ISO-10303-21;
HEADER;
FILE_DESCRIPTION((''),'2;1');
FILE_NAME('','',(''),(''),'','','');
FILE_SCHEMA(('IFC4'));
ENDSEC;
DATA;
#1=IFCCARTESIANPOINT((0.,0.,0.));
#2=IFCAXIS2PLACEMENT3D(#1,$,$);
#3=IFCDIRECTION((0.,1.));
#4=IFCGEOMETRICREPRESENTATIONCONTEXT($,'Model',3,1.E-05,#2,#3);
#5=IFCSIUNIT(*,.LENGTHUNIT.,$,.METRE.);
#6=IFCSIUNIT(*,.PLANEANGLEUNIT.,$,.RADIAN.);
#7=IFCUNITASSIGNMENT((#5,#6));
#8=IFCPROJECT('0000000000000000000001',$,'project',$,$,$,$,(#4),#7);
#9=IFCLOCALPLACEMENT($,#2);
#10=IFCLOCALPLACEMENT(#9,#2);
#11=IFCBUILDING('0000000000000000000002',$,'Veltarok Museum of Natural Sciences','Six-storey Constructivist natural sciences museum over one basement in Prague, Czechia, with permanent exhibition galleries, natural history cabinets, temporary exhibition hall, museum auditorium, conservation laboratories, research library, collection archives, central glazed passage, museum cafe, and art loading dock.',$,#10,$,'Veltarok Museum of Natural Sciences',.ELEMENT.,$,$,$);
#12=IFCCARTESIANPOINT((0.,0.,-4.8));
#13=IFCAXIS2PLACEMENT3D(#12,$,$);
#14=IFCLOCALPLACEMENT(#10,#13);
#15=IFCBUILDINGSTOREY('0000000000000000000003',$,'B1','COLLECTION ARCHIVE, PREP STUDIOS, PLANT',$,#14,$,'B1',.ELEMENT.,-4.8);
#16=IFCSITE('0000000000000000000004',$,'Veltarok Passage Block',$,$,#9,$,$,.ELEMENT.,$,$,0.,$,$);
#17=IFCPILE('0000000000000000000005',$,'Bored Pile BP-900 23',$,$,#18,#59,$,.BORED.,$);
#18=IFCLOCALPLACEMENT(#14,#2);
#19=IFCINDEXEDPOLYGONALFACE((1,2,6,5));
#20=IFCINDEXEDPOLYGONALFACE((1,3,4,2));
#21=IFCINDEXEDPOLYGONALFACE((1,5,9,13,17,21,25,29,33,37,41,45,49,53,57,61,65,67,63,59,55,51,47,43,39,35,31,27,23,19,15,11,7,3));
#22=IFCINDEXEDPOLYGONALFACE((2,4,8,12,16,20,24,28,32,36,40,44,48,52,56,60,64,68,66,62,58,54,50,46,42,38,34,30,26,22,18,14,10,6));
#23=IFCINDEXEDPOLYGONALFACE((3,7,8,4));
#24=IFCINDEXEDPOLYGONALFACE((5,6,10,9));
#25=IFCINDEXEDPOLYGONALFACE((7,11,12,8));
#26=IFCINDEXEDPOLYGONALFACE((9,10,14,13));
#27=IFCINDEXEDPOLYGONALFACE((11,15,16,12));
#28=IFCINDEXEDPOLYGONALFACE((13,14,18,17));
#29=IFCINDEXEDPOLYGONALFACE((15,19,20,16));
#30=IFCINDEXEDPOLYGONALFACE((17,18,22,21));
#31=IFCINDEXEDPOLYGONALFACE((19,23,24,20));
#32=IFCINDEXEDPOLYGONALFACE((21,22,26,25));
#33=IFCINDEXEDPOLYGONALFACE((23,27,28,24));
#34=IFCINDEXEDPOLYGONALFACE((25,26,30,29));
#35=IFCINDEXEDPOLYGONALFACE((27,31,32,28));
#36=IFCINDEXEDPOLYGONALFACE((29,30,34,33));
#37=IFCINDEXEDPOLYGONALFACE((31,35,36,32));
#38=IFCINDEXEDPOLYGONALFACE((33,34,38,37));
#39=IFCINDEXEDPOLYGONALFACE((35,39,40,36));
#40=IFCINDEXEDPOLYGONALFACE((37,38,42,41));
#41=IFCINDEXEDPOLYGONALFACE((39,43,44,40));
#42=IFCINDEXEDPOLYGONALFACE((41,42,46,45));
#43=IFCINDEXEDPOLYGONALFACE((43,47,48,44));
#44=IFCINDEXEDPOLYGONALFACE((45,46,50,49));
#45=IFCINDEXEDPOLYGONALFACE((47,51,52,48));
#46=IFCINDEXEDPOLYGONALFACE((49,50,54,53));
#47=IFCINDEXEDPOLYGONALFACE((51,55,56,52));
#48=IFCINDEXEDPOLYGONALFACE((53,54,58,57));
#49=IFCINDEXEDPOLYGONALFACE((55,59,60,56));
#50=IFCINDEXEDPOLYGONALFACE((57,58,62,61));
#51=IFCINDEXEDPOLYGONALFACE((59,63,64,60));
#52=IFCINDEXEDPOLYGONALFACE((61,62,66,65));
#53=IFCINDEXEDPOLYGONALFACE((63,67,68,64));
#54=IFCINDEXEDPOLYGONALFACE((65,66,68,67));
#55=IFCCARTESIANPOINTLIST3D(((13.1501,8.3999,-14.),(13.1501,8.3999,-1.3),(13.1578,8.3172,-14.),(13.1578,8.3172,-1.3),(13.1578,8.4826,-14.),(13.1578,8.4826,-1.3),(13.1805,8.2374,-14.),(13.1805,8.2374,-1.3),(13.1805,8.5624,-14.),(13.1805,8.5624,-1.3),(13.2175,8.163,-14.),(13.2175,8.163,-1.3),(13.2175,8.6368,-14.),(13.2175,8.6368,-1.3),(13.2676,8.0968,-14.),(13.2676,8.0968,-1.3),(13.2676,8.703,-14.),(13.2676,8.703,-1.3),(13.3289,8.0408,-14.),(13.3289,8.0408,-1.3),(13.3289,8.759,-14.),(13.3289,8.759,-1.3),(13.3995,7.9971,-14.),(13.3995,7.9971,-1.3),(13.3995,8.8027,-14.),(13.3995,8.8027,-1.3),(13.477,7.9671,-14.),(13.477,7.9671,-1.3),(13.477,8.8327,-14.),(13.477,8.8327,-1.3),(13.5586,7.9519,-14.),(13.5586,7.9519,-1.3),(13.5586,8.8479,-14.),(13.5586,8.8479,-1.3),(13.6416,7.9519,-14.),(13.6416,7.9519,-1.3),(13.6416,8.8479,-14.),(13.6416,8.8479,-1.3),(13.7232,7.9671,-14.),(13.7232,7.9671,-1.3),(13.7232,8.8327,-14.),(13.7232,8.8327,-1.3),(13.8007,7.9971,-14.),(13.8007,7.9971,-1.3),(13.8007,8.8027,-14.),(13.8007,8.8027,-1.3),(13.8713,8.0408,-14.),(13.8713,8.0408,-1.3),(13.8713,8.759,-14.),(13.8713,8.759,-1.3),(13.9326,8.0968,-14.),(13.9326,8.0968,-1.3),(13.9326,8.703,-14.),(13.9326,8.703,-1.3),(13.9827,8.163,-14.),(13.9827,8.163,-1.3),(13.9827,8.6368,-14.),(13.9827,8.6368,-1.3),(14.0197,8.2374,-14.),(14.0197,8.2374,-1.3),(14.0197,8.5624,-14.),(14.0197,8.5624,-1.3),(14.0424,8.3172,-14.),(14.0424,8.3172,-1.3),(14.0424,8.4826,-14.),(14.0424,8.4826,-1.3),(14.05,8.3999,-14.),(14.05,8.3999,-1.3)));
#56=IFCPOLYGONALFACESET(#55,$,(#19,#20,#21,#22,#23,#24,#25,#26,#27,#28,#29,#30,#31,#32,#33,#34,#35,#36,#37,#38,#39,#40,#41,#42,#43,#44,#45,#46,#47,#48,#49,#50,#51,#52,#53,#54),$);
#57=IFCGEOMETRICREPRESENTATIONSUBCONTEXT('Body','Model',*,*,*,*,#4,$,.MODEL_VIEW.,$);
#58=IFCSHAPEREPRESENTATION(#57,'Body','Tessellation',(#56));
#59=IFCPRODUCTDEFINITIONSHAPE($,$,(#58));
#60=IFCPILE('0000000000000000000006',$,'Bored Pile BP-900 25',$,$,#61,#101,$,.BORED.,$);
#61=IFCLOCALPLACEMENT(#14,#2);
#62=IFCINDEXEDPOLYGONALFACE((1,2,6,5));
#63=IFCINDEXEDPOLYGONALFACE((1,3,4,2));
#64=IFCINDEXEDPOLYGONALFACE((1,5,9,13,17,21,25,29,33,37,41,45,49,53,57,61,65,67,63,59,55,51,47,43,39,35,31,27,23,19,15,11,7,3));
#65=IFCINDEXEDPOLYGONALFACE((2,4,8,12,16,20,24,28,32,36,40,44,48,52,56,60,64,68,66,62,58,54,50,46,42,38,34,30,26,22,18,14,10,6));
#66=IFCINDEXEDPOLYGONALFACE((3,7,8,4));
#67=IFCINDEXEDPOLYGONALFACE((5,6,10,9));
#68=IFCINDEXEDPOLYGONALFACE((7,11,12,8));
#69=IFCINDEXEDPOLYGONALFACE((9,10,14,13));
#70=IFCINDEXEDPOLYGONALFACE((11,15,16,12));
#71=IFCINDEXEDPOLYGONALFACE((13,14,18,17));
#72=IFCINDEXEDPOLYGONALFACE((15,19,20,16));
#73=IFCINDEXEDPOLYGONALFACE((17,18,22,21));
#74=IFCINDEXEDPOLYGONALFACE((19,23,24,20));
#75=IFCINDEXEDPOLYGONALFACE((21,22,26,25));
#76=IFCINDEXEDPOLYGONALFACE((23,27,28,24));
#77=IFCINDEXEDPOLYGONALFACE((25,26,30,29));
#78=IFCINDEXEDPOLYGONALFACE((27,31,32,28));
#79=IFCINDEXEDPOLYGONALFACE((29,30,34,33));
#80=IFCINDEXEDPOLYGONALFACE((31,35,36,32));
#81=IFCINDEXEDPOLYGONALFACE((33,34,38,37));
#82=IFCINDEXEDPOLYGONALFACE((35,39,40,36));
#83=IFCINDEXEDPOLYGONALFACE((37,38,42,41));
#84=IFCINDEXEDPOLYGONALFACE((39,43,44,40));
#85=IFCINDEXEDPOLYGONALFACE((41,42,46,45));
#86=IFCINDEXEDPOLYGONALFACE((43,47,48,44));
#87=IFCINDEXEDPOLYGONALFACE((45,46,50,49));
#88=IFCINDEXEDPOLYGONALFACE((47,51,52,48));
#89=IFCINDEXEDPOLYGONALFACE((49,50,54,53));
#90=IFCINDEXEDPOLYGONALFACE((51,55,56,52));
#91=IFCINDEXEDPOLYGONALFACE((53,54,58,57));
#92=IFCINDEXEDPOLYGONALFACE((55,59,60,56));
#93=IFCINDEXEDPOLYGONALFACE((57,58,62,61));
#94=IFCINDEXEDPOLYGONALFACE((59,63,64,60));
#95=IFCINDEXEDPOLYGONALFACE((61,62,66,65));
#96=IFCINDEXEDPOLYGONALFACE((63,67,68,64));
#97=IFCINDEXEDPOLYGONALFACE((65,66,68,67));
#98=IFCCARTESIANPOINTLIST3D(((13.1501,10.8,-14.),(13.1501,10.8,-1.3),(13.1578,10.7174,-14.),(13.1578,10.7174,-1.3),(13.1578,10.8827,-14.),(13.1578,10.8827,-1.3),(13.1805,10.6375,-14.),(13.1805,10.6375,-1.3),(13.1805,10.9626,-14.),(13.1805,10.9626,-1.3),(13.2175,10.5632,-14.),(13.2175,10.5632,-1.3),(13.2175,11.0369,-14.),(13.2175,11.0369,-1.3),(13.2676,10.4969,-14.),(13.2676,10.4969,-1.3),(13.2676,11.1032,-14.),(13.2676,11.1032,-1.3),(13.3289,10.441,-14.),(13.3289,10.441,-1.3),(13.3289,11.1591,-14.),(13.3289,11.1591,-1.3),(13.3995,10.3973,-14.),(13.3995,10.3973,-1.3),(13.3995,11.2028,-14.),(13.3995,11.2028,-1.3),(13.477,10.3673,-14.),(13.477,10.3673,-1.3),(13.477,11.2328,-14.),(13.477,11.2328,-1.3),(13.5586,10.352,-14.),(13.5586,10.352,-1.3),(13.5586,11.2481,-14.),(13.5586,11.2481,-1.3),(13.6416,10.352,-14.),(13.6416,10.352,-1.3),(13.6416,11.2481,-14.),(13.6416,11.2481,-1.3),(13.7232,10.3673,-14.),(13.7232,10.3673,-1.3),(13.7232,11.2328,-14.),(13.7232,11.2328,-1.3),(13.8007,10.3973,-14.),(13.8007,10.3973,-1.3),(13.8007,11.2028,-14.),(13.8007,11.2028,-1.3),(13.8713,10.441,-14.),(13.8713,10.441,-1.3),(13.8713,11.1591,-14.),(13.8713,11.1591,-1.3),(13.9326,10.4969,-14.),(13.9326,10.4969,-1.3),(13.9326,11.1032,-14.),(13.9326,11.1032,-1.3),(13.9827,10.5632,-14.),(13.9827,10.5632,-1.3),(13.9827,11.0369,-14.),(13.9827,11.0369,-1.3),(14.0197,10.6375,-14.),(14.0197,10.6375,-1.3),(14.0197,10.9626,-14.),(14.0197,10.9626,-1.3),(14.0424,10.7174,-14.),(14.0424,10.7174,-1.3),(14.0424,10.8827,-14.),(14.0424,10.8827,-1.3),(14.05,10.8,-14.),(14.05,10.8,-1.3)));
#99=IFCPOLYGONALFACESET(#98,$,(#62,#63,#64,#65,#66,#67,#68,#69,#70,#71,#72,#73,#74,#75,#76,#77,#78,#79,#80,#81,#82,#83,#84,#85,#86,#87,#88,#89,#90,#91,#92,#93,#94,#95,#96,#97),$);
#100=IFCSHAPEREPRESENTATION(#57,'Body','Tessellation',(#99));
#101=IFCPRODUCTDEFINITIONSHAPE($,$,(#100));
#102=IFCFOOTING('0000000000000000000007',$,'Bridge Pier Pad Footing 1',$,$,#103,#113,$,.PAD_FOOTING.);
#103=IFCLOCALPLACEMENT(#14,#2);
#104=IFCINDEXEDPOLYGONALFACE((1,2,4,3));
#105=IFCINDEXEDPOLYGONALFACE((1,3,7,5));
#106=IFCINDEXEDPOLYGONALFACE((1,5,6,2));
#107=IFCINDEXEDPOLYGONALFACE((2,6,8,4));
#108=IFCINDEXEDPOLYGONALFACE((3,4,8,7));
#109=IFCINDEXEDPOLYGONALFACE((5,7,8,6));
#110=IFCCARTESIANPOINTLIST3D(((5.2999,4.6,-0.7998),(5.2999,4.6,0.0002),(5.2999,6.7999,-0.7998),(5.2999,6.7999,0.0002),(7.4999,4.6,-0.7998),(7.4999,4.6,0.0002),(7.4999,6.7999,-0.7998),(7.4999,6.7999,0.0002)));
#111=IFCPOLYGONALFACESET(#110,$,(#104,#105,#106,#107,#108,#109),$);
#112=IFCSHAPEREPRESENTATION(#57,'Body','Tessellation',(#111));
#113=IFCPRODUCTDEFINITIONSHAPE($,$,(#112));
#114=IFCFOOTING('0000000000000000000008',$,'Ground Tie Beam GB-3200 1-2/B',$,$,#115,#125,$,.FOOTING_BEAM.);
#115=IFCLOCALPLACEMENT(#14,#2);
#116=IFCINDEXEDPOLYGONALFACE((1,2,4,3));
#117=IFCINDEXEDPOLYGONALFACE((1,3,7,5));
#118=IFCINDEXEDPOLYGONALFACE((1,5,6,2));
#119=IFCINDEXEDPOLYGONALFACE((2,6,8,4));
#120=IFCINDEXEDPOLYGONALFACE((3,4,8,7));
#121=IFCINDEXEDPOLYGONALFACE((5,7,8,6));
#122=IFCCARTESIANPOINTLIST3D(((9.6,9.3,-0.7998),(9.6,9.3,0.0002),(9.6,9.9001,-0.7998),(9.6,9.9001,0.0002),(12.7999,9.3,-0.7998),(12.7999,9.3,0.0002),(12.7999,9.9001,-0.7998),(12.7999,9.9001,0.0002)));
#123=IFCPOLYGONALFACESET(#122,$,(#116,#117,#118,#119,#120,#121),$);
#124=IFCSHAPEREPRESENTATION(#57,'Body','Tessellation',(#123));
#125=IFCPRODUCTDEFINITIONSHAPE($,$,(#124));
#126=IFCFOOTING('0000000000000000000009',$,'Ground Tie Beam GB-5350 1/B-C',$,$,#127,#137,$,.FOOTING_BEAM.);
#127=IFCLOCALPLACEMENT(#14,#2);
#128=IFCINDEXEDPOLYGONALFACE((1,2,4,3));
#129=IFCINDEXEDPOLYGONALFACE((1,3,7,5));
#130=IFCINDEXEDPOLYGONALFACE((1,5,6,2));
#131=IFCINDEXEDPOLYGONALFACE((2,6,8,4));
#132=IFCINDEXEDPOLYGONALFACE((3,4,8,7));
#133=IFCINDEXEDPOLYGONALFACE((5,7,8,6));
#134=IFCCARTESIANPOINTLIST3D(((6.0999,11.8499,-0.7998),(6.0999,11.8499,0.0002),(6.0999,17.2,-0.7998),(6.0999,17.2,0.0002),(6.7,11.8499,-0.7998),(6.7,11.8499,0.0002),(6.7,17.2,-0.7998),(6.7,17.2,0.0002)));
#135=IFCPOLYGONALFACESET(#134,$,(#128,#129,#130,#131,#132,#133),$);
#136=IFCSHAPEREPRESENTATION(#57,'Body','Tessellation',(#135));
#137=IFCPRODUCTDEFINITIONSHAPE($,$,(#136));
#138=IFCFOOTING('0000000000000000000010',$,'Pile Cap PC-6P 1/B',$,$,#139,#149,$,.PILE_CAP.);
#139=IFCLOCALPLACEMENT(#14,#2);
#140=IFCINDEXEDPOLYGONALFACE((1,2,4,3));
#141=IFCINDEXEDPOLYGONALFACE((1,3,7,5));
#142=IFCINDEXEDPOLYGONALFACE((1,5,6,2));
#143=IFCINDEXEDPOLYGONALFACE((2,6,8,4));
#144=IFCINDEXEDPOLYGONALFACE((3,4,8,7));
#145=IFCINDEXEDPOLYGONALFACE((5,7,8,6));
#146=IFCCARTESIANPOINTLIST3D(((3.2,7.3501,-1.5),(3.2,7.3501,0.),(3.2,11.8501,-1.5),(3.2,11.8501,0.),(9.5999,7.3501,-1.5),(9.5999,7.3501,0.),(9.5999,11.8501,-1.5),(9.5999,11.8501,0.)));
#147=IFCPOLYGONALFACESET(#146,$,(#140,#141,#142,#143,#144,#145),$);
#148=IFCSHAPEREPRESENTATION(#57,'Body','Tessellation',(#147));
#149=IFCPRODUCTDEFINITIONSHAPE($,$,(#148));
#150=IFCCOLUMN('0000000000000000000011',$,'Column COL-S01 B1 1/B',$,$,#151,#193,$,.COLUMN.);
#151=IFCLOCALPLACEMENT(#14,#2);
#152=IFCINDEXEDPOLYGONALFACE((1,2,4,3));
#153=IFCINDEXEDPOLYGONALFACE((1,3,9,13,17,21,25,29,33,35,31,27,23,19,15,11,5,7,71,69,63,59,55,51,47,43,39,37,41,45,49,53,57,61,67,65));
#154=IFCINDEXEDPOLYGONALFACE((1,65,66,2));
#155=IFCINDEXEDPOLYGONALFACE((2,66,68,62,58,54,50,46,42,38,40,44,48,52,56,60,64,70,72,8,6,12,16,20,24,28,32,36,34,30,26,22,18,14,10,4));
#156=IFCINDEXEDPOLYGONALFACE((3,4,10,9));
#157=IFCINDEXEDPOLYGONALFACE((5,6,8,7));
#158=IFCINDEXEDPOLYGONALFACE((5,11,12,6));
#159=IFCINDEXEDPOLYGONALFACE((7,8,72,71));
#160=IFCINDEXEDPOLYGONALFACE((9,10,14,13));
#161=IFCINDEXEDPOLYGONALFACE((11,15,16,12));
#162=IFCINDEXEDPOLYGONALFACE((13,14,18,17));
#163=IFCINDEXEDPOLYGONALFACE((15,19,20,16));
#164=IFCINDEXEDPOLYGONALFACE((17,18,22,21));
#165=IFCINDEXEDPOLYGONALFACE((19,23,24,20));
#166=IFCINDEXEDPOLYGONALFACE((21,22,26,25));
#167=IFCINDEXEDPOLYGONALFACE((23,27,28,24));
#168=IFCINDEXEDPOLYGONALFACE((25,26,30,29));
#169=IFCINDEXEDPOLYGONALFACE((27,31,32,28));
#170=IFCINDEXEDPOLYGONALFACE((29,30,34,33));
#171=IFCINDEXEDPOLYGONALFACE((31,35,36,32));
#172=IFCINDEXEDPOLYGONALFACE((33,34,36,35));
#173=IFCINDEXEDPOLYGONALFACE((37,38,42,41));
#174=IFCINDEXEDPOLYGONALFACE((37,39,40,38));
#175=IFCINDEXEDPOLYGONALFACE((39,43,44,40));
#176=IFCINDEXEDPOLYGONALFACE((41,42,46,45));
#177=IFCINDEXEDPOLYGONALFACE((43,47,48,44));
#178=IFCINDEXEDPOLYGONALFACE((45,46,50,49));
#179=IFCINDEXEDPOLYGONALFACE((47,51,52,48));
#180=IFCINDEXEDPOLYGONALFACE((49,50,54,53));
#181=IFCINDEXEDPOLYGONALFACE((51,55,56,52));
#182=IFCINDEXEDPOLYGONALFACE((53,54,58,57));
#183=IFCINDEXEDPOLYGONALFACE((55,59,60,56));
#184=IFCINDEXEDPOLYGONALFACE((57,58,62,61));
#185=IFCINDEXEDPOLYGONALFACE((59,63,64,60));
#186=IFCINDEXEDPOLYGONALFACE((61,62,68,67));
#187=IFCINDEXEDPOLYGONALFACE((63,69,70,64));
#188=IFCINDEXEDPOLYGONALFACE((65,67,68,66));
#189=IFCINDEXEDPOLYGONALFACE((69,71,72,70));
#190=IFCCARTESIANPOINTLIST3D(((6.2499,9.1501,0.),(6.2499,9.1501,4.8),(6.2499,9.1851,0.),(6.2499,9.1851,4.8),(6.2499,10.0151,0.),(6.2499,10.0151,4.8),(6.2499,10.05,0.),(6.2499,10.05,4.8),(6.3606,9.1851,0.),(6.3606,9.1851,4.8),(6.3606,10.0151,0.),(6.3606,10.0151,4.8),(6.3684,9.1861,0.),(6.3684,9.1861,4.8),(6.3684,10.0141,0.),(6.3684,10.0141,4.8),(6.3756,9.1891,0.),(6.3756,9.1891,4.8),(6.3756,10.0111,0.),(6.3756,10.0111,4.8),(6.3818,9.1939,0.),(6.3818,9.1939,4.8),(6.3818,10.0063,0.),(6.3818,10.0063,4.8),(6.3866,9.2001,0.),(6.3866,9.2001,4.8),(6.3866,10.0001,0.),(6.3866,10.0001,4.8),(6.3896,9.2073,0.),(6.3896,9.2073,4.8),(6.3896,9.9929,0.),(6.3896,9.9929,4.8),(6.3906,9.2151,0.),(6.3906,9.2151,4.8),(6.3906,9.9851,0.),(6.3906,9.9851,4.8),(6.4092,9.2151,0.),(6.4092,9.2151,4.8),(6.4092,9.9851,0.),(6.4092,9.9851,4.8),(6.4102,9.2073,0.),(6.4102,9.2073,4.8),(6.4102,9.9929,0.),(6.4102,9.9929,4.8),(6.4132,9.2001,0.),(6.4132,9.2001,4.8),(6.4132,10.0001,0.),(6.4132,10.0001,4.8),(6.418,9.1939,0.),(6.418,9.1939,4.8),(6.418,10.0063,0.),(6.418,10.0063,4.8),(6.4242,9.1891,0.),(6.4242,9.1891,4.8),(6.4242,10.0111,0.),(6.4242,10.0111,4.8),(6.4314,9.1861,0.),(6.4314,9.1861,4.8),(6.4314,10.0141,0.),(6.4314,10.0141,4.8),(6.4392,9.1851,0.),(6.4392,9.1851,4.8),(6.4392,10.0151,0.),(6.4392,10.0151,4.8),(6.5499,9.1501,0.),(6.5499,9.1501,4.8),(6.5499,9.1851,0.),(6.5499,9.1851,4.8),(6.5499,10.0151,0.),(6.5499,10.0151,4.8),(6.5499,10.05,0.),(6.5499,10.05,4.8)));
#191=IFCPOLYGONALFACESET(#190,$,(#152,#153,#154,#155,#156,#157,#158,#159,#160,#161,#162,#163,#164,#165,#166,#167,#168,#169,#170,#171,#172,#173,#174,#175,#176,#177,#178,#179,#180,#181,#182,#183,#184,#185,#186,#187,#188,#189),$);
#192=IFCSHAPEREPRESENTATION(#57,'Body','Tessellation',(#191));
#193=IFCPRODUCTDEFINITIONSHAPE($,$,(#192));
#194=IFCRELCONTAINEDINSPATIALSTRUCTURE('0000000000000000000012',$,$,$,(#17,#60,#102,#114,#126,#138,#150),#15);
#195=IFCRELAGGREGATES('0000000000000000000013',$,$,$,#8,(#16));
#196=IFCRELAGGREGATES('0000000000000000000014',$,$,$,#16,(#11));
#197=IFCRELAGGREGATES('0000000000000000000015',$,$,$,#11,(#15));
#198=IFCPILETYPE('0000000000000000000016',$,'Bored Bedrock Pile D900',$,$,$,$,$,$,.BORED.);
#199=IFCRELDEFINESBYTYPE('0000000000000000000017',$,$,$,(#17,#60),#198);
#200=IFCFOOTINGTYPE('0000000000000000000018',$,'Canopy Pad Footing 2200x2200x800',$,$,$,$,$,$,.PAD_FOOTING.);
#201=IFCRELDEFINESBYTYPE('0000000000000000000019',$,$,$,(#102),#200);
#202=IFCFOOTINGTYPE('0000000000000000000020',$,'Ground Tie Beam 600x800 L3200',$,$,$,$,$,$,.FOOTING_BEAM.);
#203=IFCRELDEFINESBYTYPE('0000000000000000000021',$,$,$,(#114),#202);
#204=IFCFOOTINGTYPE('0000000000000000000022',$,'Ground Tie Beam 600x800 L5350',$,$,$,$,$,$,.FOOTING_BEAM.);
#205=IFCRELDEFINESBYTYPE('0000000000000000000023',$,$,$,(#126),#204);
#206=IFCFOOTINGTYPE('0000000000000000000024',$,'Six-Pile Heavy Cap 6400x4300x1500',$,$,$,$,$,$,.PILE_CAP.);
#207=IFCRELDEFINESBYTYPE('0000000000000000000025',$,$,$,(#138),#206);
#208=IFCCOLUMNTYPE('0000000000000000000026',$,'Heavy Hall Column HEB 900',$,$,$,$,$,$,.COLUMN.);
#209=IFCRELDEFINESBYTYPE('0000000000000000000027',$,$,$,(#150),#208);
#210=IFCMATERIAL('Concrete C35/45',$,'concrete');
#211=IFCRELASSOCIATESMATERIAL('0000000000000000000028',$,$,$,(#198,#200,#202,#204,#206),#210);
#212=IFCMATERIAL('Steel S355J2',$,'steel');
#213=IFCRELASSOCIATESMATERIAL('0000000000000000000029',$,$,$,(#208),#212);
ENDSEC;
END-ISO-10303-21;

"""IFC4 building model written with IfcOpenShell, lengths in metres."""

from ifc_helpers import new_model, si_unit, direction, frame, origin, origin_2d, place, context, subcontext, project, spatial, rectangle, circle, i_section, extrude, material, material_profile, profile_set, type_object, element, save


model = new_model("IFC4")

# Units and contexts
model_context = context("Model", 3, precision=1e-05, world=origin(), true_north=direction((0.0, 1.0)))
body_context = subcontext(model_context, "Body", "Model", "MODEL_VIEW")
ifc_project = project(units=[si_unit("LENGTHUNIT", "METRE"), si_unit("PLANEANGLEUNIT", "RADIAN")], contexts=[model_context])

# Site, building, storey
site_placement = place(None, origin())
site = spatial("IfcSite", under=ifc_project, at=site_placement, Name="Veltarok Passage Block", CompositionType="ELEMENT", RefElevation=0.0)
building_placement = place(site_placement, origin())
building = spatial("IfcBuilding", under=site, at=building_placement, Name="Veltarok Museum of Natural Sciences", Description="Six-storey Constructivist natural sciences museum over one basement in Prague, Czechia, with permanent exhibition galleries, natural history cabinets, temporary exhibition hall, museum auditorium, conservation laboratories, research library, collection archives, central glazed passage, museum cafe, and art loading dock.", LongName="Veltarok Museum of Natural Sciences", CompositionType="ELEMENT")
storey_placement = place(building_placement, frame((0.0, 0.0, -4.8)))
storey = spatial("IfcBuildingStorey", under=building, at=storey_placement, Name="B1", Description="COLLECTION ARCHIVE, PREP STUDIOS, PLANT", LongName="B1", CompositionType="ELEMENT", Elevation=-4.8)

# Piles
ifc_material_1 = material(Name="Concrete C35/45", Category="concrete")
ifc_material_profile_1 = material_profile(ifc_material_1, circle(Radius=0.45, at=origin_2d()), Name="BP D900")
ifc_profile_set_1 = profile_set([ifc_material_profile_1], Name="Concrete C35/45")
pile_type_1 = type_object("IfcPileType", Name="Bored Bedrock Pile D900", PredefinedType="BORED", material=ifc_profile_set_1)
for number, where, z_axis, x_axis, name in (
    (1, (13.6001, 8.3999, -1.3), (0.0, 0.0, -1.0), (1.0, 0.0, 0.0), "Bored Pile BP-900 23"),
    (2, (13.6001, 10.8, -1.3), (0.0, 0.0, -1.0), (1.0, 0.0, 0.0), "Bored Pile BP-900 25"),
):
    element("IfcPile", number, at=place(storey_placement, frame(where, z_axis=z_axis, x_axis=x_axis)), inside=storey, type_object=pile_type_1, Name=name, PredefinedType="BORED", context=body_context, shape_type="SweptSolid", body=[
        extrude(circle(Radius=0.45, at=origin_2d()), origin(), (0.0, 0.0, 1.0), 12.7),
    ])

# Footings
footing_type_1 = type_object("IfcFootingType", Name="Canopy Pad Footing 2200x2200x800", PredefinedType="PAD_FOOTING", material=ifc_material_1)
footing_1_placement = place(storey_placement, frame((6.3999, 5.7, -0.7998), z_axis=(0.0, 0.0, 1.0), x_axis=(1.0, 0.0, 0.0)))
element("IfcFooting", 3, at=footing_1_placement, inside=storey, type_object=footing_type_1, Name="Bridge Pier Pad Footing 1", PredefinedType="PAD_FOOTING", context=body_context, shape_type="SweptSolid", body=[
    extrude(rectangle(XDim=2.2, YDim=2.2, at=origin_2d()), origin(), (0.0, 0.0, 1.0), 0.8),
])
footing_type_2 = type_object("IfcFootingType", Name="Ground Tie Beam 600x800 L3200", PredefinedType="FOOTING_BEAM", material=ifc_material_1)
footing_2_placement = place(storey_placement, frame((11.2, 9.6001, -0.7998), z_axis=(0.0, 0.0, 1.0), x_axis=(1.0, 0.0, 0.0)))
element("IfcFooting", 4, at=footing_2_placement, inside=storey, type_object=footing_type_2, Name="Ground Tie Beam GB-3200 1-2/B", PredefinedType="FOOTING_BEAM", context=body_context, shape_type="SweptSolid", body=[
    extrude(rectangle(XDim=3.2, YDim=0.6001, at=origin_2d()), origin(), (0.0, 0.0, 1.0), 0.8),
])
footing_type_3 = type_object("IfcFootingType", Name="Ground Tie Beam 600x800 L5350", PredefinedType="FOOTING_BEAM", material=ifc_material_1)
footing_3_placement = place(storey_placement, frame((6.3999, 14.5249, -0.7998), z_axis=(0.0, 0.0, 1.0), x_axis=(0.0, 1.0, 0.0)))
element("IfcFooting", 5, at=footing_3_placement, inside=storey, type_object=footing_type_3, Name="Ground Tie Beam GB-5350 1/B-C", PredefinedType="FOOTING_BEAM", context=body_context, shape_type="SweptSolid", body=[
    extrude(rectangle(XDim=5.3501, YDim=0.6001, at=origin_2d()), origin(), (0.0, 0.0, 1.0), 0.8),
])
footing_type_4 = type_object("IfcFootingType", Name="Six-Pile Heavy Cap 6400x4300x1500", PredefinedType="PILE_CAP", material=ifc_material_1)
footing_4_placement = place(storey_placement, frame((6.3999, 9.6001, -1.5), z_axis=(0.0, 0.0, 1.0), x_axis=(1.0, 0.0, 0.0)))
element("IfcFooting", 6, at=footing_4_placement, inside=storey, type_object=footing_type_4, Name="Pile Cap PC-6P 1/B", PredefinedType="PILE_CAP", context=body_context, shape_type="SweptSolid", body=[
    extrude(rectangle(XDim=6.3999, YDim=4.5, at=origin_2d()), origin(), (0.0, 0.0, 1.0), 1.5),
])

# Column
ifc_material_2 = material(Name="Steel S355J2", Category="steel")
ifc_material_profile_2 = material_profile(ifc_material_2, i_section(OverallWidth=0.3, OverallDepth=0.8999, WebThickness=0.0186, FlangeThickness=0.0349, FilletRadius=0.03, at=origin_2d()), Name="HEB 900")
ifc_profile_set_2 = profile_set([ifc_material_profile_2], Name="Steel S355J2")
column_type_1 = type_object("IfcColumnType", Name="Heavy Hall Column HEB 900", PredefinedType="COLUMN", material=ifc_profile_set_2)
column_1_placement = place(storey_placement, frame((6.3999, 9.6001, 0.0), z_axis=(0.0, 0.0, 1.0), x_axis=(1.0, 0.0, 0.0)))
element("IfcColumn", 7, at=column_1_placement, inside=storey, type_object=column_type_1, Name="Column COL-S01 B1 1/B", PredefinedType="COLUMN", context=body_context, shape_type="SweptSolid", body=[
    extrude(i_section(OverallWidth=0.3, OverallDepth=0.8999, WebThickness=0.0186, FlangeThickness=0.0349, FilletRadius=0.03, at=origin_2d()), origin(), (0.0, 0.0, 1.0), 4.8),
])

save(model, "model.ifc")
